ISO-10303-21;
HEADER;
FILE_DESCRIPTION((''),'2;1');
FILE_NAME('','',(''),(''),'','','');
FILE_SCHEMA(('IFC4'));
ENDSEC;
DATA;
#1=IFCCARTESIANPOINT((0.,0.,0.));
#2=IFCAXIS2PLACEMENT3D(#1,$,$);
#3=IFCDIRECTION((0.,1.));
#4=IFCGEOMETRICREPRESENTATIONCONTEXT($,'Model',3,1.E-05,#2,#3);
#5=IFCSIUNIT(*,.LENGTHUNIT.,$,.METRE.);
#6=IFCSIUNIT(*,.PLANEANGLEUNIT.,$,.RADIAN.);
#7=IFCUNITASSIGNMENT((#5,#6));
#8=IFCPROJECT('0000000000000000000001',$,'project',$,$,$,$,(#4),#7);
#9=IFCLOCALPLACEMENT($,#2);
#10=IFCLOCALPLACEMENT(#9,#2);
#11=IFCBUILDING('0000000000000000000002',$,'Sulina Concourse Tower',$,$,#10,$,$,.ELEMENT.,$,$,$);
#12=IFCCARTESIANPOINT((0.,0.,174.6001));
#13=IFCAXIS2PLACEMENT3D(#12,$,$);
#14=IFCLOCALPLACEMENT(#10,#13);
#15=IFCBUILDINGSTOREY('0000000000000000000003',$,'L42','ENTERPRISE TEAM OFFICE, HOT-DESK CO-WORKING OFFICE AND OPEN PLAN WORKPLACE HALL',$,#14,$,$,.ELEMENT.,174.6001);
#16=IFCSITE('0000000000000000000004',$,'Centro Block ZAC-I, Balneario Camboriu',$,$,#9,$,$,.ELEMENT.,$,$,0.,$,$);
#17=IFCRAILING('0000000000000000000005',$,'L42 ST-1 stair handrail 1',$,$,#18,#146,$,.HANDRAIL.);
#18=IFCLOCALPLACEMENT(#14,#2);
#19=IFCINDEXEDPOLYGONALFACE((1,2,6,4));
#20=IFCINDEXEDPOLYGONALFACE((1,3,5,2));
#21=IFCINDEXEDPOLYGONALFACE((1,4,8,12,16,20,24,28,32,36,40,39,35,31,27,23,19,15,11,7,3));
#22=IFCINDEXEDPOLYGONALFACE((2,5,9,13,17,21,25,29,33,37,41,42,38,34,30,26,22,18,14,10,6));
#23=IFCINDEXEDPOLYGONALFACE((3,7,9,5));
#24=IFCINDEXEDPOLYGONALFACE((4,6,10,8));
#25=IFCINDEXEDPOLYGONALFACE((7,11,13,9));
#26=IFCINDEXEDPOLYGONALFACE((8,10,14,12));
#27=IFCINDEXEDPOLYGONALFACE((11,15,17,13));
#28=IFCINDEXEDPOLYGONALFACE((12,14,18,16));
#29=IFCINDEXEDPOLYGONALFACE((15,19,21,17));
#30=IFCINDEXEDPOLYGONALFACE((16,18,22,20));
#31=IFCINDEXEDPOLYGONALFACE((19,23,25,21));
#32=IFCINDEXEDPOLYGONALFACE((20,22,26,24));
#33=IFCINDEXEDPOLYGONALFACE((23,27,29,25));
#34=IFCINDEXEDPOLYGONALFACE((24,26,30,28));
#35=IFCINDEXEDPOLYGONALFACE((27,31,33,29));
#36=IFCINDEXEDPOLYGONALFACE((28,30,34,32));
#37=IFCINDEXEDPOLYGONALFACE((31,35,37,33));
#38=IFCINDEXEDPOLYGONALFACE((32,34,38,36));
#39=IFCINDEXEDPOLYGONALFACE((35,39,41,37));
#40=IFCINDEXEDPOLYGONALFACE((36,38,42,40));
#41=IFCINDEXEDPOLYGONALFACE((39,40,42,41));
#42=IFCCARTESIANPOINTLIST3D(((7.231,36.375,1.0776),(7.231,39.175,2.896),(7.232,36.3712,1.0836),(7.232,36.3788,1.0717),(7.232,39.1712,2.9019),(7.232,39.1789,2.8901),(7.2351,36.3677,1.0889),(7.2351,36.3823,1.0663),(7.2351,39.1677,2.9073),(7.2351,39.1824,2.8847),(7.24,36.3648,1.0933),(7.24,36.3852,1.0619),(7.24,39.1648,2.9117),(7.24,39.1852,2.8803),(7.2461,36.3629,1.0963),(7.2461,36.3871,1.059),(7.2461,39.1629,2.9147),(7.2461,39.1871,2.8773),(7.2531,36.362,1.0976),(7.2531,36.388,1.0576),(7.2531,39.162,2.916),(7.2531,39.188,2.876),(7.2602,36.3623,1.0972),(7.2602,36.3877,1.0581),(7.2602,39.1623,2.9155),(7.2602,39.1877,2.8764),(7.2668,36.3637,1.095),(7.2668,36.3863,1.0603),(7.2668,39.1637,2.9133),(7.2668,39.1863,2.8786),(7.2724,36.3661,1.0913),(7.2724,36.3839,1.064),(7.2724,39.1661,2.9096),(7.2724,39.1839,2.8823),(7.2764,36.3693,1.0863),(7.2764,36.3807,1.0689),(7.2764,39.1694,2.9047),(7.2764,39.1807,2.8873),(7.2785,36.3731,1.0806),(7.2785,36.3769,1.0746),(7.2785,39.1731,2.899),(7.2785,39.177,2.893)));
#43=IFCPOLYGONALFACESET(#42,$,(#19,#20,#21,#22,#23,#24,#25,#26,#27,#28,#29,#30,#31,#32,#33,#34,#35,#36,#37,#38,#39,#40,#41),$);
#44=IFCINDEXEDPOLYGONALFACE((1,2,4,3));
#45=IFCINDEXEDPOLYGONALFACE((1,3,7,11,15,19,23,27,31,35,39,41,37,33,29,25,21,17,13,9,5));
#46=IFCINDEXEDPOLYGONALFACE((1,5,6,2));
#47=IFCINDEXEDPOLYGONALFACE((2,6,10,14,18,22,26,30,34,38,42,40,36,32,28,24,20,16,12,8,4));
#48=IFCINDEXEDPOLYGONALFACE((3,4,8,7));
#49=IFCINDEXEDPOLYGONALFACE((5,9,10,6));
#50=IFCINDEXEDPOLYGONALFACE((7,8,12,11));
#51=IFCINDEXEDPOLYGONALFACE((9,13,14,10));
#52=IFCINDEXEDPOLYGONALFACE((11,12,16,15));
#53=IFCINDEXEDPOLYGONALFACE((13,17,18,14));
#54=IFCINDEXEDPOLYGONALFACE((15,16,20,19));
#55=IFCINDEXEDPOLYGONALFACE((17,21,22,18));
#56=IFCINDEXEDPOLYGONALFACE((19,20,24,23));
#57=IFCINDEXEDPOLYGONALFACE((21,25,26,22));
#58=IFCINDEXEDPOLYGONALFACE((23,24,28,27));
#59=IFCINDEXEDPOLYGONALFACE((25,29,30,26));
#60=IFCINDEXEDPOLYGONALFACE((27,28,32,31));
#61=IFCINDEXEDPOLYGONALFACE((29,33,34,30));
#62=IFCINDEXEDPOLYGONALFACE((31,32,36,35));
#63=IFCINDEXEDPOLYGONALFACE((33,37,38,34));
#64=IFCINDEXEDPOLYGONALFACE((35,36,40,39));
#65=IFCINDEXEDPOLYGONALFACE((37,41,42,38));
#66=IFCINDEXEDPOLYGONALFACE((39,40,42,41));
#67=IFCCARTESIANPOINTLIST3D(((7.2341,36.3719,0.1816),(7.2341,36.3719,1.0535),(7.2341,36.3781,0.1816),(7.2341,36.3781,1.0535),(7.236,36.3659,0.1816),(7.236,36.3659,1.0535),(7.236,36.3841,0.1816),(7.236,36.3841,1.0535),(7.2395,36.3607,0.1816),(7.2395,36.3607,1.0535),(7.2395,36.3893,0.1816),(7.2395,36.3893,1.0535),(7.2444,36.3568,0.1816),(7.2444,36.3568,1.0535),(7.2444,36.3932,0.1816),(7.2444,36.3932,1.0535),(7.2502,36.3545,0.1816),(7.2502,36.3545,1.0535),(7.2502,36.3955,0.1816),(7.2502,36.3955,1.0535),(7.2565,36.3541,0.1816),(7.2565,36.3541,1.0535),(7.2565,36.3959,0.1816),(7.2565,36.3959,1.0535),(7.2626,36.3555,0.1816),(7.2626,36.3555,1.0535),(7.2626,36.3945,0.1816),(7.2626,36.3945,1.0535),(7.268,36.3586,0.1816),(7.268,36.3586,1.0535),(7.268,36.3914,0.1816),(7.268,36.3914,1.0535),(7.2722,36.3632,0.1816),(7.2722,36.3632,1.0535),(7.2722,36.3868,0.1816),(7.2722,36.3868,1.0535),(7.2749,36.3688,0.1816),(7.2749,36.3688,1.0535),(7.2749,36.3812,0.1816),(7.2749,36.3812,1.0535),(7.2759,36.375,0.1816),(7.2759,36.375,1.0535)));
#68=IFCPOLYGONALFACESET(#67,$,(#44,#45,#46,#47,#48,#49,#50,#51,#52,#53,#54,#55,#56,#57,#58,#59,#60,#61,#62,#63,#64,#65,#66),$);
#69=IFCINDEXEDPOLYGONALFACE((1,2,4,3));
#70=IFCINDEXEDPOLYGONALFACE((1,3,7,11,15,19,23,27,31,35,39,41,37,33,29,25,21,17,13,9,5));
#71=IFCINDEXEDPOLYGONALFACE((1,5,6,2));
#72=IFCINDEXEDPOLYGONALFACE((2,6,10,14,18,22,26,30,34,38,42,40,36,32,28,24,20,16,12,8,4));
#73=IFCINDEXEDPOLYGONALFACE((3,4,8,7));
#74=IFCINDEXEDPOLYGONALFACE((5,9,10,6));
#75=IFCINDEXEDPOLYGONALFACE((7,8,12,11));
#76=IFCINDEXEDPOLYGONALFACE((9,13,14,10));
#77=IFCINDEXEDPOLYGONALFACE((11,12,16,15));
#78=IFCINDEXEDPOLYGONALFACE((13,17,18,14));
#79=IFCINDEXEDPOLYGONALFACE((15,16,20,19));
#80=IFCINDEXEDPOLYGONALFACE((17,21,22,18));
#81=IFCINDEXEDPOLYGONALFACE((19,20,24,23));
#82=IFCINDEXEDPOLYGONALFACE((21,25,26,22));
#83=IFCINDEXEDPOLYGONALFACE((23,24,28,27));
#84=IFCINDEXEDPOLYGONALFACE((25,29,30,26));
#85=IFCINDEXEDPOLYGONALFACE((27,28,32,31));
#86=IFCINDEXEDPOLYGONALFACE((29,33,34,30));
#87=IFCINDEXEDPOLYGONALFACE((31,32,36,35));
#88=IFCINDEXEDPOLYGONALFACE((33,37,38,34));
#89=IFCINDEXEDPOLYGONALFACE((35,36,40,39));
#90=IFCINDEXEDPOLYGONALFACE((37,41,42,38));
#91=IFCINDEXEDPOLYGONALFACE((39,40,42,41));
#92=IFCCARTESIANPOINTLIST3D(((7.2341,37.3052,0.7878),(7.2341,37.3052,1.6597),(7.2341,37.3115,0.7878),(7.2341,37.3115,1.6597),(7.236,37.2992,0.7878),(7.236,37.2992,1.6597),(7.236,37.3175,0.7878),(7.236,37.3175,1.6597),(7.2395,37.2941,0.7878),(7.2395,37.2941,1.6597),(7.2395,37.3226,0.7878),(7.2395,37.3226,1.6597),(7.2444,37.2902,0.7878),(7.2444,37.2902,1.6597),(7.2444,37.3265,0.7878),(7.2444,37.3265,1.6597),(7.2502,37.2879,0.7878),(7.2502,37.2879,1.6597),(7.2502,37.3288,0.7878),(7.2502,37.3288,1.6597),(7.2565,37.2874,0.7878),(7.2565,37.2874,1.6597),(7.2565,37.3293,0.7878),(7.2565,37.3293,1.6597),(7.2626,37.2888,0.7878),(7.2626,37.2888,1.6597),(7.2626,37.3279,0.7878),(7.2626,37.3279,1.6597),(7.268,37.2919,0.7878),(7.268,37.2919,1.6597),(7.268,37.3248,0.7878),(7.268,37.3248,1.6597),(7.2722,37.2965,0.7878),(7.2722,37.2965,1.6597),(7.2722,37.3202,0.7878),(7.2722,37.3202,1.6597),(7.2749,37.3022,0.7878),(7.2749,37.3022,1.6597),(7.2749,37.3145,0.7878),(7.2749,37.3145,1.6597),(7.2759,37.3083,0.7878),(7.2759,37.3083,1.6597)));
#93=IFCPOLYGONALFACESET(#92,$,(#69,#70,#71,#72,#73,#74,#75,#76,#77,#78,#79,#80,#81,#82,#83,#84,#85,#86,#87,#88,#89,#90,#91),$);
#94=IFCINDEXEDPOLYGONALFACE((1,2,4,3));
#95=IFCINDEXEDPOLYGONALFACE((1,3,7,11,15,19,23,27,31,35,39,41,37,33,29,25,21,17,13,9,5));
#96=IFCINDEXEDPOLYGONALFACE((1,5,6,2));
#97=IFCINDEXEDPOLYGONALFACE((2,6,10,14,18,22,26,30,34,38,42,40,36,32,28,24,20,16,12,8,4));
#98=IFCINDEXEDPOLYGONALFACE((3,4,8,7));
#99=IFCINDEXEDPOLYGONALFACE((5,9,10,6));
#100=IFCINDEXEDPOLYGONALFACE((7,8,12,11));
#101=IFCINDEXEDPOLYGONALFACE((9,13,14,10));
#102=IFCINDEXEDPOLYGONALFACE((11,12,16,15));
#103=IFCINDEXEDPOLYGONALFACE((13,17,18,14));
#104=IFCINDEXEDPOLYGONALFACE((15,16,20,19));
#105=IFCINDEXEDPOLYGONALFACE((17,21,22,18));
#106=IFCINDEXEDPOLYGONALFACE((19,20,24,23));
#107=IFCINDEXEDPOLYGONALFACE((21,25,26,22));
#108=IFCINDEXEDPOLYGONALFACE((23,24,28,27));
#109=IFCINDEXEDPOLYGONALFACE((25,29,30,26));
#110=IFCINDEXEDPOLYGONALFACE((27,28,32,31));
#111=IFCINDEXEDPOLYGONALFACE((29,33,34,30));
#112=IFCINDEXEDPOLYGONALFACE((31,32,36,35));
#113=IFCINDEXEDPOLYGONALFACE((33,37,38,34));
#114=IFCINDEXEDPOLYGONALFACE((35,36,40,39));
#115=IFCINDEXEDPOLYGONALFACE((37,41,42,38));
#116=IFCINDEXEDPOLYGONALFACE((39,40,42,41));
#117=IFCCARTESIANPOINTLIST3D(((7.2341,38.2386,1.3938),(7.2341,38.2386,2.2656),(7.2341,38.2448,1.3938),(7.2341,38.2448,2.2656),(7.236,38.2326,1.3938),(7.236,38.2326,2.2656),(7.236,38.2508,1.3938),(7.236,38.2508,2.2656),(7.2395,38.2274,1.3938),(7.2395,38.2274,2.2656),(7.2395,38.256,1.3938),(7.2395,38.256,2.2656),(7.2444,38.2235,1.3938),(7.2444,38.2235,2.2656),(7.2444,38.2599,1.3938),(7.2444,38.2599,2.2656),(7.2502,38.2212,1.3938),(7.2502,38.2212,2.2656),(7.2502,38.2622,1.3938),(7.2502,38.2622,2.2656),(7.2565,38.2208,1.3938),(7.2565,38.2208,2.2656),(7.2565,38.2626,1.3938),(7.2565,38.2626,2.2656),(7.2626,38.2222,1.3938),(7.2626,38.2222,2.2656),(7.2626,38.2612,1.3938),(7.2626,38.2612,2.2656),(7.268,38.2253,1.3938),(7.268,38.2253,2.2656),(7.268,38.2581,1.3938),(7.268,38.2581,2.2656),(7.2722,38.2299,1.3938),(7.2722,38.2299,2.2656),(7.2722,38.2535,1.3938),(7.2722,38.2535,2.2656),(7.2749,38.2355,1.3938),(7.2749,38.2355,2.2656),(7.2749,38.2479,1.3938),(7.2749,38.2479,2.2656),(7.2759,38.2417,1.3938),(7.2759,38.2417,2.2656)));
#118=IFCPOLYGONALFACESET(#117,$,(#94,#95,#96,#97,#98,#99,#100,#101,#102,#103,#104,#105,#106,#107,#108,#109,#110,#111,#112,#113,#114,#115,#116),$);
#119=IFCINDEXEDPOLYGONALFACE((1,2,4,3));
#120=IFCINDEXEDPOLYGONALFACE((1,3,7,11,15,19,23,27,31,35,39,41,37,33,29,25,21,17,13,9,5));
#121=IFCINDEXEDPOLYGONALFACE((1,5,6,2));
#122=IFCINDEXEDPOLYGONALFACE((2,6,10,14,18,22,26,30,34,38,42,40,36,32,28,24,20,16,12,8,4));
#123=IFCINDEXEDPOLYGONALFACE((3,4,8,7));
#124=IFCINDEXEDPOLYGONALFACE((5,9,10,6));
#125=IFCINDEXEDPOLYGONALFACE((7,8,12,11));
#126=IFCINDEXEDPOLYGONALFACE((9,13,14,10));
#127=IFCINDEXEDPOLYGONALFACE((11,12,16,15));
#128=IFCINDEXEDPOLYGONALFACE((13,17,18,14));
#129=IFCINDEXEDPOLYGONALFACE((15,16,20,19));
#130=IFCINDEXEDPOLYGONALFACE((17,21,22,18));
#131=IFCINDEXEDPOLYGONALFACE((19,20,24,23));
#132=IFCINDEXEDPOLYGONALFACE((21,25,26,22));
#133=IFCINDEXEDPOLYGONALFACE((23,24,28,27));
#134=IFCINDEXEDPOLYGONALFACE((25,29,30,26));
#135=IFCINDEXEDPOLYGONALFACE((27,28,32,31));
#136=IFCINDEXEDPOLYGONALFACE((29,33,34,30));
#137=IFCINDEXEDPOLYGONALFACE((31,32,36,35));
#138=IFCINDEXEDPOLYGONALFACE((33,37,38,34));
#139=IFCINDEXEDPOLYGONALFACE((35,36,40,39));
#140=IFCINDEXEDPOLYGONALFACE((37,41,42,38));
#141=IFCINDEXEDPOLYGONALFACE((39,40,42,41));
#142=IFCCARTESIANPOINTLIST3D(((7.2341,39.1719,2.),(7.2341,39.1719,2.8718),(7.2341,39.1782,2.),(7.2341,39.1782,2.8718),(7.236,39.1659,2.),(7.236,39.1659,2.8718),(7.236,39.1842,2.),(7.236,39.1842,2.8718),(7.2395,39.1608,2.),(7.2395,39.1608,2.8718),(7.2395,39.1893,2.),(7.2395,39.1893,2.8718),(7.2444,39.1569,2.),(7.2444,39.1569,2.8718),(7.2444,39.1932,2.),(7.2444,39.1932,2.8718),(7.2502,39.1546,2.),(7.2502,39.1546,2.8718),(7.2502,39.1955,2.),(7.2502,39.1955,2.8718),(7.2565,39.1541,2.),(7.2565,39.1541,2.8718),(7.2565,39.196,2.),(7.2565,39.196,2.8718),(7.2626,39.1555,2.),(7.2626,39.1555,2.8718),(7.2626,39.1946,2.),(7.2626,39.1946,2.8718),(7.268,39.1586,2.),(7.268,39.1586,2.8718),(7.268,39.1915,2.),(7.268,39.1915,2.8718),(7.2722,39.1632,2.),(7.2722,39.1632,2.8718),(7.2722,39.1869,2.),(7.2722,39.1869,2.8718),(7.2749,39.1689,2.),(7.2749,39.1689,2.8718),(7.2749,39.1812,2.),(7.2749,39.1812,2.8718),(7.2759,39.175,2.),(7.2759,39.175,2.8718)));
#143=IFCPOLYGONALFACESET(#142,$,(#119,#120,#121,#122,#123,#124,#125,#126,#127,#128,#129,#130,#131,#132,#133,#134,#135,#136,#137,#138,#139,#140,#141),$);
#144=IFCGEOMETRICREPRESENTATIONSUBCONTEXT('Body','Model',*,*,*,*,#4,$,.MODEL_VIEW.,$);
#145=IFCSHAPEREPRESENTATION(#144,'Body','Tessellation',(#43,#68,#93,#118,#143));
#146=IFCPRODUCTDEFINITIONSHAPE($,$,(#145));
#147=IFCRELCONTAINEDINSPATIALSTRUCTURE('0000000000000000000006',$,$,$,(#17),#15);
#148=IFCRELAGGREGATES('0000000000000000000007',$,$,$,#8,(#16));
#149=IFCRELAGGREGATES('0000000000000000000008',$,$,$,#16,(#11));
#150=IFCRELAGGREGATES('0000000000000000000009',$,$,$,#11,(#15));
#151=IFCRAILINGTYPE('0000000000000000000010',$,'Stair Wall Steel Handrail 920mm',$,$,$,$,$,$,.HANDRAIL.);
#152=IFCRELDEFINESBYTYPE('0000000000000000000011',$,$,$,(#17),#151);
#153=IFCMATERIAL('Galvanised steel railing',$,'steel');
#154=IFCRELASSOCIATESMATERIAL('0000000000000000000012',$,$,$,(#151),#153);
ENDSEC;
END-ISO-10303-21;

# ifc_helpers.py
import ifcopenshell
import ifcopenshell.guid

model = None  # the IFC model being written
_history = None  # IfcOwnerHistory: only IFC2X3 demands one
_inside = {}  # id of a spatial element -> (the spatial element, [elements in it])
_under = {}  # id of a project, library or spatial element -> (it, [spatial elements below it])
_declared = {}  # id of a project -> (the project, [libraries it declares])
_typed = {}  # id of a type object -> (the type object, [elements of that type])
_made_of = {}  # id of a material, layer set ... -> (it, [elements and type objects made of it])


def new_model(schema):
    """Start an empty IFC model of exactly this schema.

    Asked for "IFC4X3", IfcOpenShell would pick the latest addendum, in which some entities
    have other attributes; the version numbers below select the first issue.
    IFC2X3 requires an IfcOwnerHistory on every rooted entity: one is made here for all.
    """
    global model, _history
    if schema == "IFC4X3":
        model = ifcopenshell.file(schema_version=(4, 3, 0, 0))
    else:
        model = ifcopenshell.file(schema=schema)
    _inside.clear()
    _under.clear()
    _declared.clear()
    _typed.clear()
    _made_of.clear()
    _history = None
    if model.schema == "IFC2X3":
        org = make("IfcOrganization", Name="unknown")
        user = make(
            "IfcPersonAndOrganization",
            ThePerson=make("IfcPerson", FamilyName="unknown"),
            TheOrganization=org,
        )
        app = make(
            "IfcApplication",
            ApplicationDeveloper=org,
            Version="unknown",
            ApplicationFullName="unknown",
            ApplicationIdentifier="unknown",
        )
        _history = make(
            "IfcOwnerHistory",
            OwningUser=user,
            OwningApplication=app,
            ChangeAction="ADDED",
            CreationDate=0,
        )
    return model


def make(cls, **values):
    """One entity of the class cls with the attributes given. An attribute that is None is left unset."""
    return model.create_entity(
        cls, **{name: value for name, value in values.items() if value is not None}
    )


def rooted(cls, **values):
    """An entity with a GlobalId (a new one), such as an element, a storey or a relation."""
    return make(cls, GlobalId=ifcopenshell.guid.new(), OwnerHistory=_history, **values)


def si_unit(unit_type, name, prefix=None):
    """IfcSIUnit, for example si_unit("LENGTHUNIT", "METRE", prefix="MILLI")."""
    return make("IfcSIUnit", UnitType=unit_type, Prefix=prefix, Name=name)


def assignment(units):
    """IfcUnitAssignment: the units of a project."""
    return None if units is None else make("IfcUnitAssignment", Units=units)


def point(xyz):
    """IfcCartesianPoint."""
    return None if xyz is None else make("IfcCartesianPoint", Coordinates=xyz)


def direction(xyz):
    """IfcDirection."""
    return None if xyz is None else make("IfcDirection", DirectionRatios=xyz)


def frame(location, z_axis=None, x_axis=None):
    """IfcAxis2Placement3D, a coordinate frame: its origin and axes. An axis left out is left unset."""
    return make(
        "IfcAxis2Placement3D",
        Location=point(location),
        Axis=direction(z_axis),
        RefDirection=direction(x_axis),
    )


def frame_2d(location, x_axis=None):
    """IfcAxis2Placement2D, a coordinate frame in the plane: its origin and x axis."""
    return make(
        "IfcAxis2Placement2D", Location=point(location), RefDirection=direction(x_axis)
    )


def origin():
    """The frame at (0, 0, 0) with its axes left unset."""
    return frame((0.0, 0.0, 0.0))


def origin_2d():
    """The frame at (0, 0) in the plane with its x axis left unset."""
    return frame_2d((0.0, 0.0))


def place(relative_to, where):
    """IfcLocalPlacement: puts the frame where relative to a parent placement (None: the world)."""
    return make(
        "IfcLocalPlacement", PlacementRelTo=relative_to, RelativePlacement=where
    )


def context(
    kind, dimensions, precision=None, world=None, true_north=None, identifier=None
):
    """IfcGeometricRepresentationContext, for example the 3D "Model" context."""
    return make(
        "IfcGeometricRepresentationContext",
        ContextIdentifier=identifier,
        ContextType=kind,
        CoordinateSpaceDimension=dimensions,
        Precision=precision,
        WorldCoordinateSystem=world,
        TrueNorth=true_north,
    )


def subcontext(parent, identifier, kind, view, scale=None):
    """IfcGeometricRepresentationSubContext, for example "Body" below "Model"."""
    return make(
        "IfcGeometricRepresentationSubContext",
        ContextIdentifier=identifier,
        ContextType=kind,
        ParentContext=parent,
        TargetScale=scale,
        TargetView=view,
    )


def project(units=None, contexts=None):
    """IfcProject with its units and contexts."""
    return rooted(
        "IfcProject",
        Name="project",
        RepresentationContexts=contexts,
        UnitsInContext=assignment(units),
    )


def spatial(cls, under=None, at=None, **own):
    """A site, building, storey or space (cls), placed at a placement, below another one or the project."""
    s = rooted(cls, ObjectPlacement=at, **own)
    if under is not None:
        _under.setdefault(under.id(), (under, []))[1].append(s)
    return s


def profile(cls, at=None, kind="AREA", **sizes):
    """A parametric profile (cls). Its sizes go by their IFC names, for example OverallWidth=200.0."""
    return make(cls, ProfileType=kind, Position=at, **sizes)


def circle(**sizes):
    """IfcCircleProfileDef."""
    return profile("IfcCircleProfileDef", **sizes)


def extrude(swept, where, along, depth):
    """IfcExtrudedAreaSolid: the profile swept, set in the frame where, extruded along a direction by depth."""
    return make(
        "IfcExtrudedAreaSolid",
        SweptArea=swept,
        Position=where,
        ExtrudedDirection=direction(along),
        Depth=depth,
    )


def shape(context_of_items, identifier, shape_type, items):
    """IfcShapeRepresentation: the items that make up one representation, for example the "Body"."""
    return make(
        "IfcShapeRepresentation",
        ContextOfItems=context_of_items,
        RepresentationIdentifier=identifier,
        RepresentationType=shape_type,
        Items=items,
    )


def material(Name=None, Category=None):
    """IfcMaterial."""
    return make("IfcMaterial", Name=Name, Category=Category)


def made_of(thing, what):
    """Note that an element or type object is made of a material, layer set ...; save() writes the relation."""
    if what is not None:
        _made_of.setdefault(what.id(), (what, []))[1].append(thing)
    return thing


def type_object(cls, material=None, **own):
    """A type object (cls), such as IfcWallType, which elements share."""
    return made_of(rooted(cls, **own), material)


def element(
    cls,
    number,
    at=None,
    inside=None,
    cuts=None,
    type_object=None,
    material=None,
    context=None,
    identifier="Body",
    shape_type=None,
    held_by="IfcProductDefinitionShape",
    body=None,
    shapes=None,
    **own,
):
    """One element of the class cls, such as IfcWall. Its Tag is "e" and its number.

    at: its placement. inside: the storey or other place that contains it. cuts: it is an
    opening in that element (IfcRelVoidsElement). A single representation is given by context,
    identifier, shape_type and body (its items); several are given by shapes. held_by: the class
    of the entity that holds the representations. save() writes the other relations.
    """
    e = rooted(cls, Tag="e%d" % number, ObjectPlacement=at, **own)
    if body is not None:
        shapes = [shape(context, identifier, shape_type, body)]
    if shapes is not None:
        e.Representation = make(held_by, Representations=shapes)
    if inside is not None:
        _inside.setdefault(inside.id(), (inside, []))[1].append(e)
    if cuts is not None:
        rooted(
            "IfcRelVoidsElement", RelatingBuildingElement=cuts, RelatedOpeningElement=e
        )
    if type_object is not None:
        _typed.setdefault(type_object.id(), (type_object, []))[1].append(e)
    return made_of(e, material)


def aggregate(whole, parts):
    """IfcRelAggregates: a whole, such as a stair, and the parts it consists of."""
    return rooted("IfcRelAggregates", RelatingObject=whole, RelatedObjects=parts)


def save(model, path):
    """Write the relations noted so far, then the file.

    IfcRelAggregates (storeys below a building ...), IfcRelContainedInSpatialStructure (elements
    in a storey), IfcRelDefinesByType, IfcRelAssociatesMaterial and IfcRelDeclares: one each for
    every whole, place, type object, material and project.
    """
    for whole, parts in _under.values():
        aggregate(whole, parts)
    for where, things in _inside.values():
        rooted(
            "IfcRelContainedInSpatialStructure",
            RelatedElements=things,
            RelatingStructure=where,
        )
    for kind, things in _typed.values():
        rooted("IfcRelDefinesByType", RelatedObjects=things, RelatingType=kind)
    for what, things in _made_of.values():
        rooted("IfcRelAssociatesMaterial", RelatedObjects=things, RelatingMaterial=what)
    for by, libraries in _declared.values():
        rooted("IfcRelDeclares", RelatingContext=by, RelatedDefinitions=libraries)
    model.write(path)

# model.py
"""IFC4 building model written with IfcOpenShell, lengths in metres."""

from ifc_helpers import new_model, si_unit, direction, frame, origin, origin_2d, place, context, subcontext, project, spatial, circle, extrude, material, type_object, element, save


model = new_model("IFC4")

# Units and contexts
model_context = context("Model", 3, precision=1e-05, world=origin(), true_north=direction((0.0, 1.0)))
body_context = subcontext(model_context, "Body", "Model", "MODEL_VIEW")
ifc_project = project(units=[si_unit("LENGTHUNIT", "METRE"), si_unit("PLANEANGLEUNIT", "RADIAN")], contexts=[model_context])

# Site, building, storey
site_placement = place(None, origin())
site = spatial("IfcSite", under=ifc_project, at=site_placement, Name="Centro Block ZAC-I, Balneario Camboriu", CompositionType="ELEMENT", RefElevation=0.0)
building_placement = place(site_placement, origin())
building = spatial("IfcBuilding", under=site, at=building_placement, Name="Sulina Concourse Tower", CompositionType="ELEMENT")
storey_placement = place(building_placement, frame((0.0, 0.0, 174.6001)))
storey = spatial("IfcBuildingStorey", under=building, at=storey_placement, Name="L42", Description="ENTERPRISE TEAM OFFICE, HOT-DESK CO-WORKING OFFICE AND OPEN PLAN WORKPLACE HALL", CompositionType="ELEMENT", Elevation=174.6001)

# Railing
ifc_material_1 = material(Name="Galvanised steel railing", Category="steel")
railing_type_1 = type_object("IfcRailingType", Name="Stair Wall Steel Handrail 920mm", PredefinedType="HANDRAIL", material=ifc_material_1)
railing_1_placement = place(storey_placement, frame((7.2549, 36.375, 0.1816)))
element("IfcRailing", 1, at=railing_1_placement, inside=storey, type_object=railing_type_1, Name="L42 ST-1 stair handrail 1", PredefinedType="HANDRAIL", context=body_context, shape_type="SweptSolid", body=[
    extrude(circle(Radius=0.0239, at=origin_2d()), frame((0.0, 0.0, 0.896), z_axis=(0.0, 0.838672, 0.544636), x_axis=(-1.0, 0.0, 0.0)), (0.0, 0.0, 1.0), 3.3386),
    extrude(circle(Radius=0.021, at=origin_2d()), origin(), (0.0, 0.0, 1.0), 0.8718),
    extrude(circle(Radius=0.021, at=origin_2d()), frame((0.0, 0.9333, 0.6062)), (0.0, 0.0, 1.0), 0.8718),
    extrude(circle(Radius=0.021, at=origin_2d()), frame((0.0, 1.8667, 1.2122)), (0.0, 0.0, 1.0), 0.8718),
    extrude(circle(Radius=0.021, at=origin_2d()), frame((0.0, 2.8, 1.8184)), (0.0, 0.0, 1.0), 0.8718),
])

save(model, "model.ifc")
